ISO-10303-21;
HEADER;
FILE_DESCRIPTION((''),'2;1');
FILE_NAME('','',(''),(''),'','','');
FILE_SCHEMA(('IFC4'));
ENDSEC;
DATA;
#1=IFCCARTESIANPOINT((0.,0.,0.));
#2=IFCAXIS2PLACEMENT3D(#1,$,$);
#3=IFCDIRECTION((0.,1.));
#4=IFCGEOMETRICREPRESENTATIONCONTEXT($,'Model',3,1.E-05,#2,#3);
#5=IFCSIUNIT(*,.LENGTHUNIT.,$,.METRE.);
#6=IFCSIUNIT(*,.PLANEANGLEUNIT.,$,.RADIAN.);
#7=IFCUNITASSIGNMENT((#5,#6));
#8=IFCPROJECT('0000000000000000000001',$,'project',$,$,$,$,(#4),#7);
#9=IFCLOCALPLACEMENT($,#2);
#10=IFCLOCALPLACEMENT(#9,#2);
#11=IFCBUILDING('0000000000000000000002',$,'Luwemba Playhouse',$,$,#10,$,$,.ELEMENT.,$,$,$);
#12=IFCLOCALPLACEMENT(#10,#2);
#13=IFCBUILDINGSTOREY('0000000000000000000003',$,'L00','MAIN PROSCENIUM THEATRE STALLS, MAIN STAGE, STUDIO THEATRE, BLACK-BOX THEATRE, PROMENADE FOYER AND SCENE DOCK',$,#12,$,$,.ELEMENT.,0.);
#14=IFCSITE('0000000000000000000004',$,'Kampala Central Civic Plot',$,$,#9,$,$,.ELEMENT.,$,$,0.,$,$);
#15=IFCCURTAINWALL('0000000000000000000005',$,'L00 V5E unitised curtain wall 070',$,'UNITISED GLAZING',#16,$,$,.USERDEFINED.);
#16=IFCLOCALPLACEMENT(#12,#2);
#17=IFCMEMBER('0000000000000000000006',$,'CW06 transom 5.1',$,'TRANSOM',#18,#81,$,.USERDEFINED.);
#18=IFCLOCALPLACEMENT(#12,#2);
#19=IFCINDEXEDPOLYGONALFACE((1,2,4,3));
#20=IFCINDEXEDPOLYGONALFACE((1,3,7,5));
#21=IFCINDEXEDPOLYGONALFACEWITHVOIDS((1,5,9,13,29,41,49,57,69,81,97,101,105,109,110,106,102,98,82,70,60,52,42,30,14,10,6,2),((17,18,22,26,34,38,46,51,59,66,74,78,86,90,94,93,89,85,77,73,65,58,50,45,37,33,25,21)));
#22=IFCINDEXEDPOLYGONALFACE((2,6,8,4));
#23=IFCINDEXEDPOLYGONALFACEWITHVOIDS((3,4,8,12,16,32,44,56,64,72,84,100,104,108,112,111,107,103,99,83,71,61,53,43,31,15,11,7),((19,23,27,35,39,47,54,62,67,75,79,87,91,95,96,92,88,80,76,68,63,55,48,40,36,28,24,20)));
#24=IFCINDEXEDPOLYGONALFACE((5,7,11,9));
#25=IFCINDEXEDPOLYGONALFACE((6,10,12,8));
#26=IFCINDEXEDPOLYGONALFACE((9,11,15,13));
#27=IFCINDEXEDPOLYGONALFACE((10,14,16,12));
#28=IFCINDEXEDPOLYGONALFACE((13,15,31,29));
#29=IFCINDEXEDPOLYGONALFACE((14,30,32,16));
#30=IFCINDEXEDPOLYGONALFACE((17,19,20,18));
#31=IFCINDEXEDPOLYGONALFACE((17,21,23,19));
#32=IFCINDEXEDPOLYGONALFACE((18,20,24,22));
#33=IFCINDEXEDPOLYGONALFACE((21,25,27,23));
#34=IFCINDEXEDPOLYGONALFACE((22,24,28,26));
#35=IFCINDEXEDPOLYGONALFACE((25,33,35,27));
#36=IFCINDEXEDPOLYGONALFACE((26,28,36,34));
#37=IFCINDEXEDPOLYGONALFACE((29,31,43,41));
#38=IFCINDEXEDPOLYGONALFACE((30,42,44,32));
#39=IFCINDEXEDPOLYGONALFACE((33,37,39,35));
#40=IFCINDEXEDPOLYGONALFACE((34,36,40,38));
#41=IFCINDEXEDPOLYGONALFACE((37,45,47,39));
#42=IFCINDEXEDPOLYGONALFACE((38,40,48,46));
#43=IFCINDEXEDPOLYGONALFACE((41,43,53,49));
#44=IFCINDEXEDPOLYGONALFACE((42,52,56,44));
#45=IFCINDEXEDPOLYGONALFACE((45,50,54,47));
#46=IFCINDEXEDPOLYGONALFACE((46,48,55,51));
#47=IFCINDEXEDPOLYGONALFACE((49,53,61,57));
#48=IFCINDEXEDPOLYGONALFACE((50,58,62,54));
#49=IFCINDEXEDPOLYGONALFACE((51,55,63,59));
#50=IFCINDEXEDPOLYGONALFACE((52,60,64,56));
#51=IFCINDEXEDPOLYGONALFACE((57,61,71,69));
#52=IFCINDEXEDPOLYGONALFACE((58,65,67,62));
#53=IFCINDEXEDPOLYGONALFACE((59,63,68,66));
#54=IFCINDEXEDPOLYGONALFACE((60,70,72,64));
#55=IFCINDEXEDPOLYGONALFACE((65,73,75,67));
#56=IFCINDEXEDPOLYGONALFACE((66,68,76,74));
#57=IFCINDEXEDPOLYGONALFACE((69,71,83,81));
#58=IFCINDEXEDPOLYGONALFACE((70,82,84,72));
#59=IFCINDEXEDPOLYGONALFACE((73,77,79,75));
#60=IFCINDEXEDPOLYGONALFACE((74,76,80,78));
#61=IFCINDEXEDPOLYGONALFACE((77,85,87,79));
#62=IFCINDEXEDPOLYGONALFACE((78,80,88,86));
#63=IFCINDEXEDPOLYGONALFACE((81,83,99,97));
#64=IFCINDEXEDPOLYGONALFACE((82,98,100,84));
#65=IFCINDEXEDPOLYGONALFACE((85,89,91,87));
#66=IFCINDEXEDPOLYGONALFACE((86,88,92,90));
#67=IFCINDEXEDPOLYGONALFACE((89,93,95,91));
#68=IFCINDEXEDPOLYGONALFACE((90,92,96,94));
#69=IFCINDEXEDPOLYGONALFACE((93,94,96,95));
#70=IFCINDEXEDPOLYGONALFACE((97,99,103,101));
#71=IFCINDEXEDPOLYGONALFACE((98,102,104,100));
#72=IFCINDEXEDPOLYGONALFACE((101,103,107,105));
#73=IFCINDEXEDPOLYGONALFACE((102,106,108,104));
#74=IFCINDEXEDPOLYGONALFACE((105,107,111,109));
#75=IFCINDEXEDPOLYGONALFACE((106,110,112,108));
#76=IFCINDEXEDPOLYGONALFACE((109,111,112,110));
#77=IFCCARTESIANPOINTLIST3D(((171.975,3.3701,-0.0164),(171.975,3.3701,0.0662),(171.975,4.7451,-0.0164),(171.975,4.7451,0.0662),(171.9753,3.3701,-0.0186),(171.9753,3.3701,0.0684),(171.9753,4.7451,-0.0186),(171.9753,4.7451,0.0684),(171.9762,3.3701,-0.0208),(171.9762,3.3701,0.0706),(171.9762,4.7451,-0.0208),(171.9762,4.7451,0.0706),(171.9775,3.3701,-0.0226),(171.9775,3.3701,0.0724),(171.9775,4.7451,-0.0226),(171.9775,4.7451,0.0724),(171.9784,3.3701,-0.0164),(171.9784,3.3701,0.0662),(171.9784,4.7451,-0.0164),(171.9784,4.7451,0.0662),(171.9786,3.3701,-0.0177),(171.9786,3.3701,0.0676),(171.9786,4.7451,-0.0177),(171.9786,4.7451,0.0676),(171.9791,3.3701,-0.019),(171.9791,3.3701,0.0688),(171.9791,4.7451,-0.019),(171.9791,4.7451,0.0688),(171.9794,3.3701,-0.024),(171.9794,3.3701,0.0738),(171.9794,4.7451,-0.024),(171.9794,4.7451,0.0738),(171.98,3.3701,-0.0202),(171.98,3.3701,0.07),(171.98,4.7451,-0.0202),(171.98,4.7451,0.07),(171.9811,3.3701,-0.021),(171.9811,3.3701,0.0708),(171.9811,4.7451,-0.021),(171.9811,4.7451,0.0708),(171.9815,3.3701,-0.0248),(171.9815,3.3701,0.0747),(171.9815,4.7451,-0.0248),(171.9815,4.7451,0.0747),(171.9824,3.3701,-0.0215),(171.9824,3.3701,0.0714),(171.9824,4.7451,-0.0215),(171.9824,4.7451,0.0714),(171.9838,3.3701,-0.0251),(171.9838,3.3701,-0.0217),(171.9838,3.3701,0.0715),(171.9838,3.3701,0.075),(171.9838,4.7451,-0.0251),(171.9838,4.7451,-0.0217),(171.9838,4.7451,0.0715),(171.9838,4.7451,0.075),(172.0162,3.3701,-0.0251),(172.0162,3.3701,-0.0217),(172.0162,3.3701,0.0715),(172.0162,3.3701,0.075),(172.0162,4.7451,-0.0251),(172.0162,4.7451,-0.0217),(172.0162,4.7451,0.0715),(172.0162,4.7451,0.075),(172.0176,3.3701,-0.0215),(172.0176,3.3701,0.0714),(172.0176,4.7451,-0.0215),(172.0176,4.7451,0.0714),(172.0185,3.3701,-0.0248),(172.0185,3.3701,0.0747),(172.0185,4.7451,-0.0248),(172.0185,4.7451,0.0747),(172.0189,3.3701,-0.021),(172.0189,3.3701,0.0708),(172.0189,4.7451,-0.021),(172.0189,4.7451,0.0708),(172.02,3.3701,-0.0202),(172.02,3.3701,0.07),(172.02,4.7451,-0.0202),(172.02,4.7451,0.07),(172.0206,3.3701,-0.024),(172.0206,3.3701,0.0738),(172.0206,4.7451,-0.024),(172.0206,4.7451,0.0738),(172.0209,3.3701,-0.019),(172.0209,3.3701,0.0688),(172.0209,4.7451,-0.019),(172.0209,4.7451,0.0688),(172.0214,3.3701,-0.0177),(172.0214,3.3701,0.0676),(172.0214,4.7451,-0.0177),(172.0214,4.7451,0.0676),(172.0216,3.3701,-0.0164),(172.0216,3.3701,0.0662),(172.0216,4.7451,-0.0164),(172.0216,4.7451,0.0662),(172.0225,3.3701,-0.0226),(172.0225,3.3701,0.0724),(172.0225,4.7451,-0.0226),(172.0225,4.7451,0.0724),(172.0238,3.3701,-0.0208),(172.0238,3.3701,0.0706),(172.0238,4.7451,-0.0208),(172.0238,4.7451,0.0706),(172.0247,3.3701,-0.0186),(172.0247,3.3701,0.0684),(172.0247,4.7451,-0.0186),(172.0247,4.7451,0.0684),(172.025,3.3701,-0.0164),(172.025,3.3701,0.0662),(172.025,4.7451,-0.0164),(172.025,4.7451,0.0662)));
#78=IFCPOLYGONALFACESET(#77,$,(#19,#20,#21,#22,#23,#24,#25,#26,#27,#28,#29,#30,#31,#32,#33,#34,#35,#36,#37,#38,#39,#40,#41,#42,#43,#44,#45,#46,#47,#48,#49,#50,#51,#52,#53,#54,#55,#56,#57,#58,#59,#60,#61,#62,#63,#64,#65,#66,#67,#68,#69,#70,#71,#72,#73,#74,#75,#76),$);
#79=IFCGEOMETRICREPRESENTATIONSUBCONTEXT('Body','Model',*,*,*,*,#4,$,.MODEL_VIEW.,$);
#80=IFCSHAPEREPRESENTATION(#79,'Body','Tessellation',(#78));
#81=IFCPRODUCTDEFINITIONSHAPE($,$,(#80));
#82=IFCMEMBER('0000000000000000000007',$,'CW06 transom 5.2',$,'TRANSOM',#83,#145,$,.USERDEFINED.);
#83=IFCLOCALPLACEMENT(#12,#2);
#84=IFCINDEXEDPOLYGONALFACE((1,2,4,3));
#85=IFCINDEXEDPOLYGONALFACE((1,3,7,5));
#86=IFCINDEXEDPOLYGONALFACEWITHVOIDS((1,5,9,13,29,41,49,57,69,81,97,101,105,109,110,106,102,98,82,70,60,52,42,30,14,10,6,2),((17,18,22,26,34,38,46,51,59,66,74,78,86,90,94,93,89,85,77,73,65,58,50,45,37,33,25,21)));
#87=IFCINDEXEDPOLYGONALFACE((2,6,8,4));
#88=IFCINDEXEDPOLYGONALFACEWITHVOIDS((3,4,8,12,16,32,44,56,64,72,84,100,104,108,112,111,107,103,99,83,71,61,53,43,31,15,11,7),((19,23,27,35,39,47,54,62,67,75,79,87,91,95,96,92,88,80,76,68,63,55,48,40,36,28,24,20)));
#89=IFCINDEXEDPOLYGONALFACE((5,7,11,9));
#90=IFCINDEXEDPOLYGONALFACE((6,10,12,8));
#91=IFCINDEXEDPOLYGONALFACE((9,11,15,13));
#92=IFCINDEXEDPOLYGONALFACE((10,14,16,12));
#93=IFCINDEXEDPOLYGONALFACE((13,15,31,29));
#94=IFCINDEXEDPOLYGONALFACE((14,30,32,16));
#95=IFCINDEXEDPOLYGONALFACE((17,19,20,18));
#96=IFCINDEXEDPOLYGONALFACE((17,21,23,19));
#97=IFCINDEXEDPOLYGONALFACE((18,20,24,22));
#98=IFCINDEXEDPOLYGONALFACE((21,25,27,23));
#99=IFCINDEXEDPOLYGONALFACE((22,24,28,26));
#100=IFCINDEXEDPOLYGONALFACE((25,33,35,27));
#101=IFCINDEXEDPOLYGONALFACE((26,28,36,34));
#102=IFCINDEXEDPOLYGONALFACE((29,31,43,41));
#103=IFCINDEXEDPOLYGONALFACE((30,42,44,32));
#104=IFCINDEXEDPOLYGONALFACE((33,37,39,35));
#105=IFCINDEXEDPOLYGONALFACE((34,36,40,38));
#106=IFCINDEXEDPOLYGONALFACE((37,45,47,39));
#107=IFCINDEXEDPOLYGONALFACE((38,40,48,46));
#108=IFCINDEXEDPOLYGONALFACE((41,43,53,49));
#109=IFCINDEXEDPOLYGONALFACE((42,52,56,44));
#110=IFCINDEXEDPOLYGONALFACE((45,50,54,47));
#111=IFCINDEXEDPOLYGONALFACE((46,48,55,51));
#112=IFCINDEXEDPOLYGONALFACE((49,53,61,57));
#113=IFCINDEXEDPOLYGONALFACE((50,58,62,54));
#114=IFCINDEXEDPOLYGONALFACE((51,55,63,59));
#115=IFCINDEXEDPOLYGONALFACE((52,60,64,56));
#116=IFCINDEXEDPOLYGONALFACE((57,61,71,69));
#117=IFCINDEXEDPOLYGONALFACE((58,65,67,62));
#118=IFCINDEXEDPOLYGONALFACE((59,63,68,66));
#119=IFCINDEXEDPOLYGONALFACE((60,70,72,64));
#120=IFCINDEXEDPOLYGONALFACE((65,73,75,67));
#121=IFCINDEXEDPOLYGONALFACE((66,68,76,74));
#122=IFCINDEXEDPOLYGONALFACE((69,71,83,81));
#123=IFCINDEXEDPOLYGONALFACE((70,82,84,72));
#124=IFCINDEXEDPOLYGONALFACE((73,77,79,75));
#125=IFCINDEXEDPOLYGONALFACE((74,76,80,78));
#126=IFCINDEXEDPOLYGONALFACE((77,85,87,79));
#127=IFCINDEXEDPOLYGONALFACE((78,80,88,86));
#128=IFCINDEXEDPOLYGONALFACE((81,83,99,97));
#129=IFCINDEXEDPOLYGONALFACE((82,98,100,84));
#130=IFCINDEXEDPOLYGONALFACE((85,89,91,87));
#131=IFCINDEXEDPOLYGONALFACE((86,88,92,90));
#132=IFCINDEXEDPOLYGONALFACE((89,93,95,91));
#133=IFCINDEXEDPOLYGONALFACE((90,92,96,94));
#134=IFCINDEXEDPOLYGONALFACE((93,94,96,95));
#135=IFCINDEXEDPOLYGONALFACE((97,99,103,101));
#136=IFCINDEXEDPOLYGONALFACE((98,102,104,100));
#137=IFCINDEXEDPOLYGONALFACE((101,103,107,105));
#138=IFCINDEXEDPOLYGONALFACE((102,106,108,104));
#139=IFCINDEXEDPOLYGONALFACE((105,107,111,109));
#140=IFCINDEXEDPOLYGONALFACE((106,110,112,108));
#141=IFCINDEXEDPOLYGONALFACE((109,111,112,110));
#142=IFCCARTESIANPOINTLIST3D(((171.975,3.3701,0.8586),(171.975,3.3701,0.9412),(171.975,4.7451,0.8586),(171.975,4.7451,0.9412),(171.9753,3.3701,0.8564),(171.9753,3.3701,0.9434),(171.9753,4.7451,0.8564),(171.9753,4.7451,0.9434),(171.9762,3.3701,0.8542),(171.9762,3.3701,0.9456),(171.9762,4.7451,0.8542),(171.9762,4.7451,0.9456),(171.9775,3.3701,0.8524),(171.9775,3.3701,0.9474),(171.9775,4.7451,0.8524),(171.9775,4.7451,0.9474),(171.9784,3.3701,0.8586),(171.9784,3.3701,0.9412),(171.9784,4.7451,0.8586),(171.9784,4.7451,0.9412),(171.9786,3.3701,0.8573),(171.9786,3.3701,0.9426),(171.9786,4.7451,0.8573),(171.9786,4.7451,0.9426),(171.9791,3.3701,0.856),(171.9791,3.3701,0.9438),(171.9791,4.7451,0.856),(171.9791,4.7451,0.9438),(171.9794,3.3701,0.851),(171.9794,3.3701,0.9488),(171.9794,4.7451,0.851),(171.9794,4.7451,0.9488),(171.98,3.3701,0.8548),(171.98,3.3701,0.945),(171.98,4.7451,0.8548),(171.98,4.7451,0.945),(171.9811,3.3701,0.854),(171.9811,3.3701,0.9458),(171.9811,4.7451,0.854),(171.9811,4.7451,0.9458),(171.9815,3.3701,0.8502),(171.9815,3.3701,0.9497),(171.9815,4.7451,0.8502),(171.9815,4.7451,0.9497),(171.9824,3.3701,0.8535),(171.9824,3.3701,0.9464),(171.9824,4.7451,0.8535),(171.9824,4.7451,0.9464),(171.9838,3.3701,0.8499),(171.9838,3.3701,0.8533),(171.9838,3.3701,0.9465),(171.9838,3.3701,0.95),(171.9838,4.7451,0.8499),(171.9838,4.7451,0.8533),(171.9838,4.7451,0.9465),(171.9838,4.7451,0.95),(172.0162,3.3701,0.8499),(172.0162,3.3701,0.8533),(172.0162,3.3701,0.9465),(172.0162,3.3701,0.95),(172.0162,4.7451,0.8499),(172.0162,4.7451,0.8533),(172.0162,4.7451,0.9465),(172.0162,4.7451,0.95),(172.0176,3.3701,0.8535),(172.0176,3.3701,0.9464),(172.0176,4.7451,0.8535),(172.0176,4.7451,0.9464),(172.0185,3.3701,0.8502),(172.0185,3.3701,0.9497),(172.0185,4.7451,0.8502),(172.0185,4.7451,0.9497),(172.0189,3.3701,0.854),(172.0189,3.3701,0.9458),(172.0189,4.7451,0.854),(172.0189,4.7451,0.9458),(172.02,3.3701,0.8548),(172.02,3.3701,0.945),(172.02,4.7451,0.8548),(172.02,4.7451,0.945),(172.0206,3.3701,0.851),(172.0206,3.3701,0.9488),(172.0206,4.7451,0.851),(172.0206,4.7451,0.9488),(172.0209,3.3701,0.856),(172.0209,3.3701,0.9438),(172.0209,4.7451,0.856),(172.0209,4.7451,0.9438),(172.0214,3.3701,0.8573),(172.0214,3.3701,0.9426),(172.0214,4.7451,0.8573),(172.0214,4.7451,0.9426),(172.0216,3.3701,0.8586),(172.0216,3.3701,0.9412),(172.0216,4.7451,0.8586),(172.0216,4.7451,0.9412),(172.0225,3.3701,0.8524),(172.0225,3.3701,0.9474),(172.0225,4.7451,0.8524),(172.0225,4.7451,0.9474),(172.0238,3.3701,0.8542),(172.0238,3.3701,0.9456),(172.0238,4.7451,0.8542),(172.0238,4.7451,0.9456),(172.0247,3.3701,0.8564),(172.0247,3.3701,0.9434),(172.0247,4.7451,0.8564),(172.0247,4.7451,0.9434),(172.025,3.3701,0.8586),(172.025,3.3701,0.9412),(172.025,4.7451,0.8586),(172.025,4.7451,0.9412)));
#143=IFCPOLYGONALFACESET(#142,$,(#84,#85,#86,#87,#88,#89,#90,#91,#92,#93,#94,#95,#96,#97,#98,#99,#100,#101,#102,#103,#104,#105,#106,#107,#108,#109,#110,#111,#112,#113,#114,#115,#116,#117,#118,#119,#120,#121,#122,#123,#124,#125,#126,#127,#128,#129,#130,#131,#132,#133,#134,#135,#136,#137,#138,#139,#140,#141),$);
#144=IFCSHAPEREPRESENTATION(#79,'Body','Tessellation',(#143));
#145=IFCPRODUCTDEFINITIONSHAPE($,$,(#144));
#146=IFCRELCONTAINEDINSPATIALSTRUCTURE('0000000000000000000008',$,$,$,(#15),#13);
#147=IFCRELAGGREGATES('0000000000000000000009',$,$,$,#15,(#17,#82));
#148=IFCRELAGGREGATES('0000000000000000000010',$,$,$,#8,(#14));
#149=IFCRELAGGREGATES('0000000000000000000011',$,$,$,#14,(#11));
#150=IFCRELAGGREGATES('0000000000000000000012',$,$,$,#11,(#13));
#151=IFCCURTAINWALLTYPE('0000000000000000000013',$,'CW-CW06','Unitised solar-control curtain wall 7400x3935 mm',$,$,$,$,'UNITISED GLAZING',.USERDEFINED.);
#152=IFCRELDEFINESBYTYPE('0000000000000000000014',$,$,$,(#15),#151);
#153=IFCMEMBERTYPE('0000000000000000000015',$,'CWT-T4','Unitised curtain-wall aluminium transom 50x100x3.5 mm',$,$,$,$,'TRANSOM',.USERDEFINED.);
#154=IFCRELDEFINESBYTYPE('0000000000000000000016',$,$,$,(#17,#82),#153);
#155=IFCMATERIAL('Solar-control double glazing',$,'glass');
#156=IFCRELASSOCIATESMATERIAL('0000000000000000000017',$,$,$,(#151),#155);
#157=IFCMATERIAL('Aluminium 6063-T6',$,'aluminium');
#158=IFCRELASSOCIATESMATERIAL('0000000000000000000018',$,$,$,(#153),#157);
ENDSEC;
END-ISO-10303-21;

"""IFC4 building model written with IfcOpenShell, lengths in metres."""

from ifc_helpers import new_model, si_unit, direction, frame, origin, origin_2d, place, context, subcontext, project, spatial, hollow_rectangle, extrude, material, material_profile, profile_set, type_object, element, aggregate, save


model = new_model("IFC4")

# Units and contexts
model_context = context("Model", 3, precision=1e-05, world=origin(), true_north=direction((0.0, 1.0)))
body_context = subcontext(model_context, "Body", "Model", "MODEL_VIEW")
ifc_project = project(units=[si_unit("LENGTHUNIT", "METRE"), si_unit("PLANEANGLEUNIT", "RADIAN")], contexts=[model_context])

# Site, building, storey
site_placement = place(None, origin())
site = spatial("IfcSite", under=ifc_project, at=site_placement, Name="Kampala Central Civic Plot", CompositionType="ELEMENT", RefElevation=0.0)
building_placement = place(site_placement, origin())
building = spatial("IfcBuilding", under=site, at=building_placement, Name="Luwemba Playhouse", CompositionType="ELEMENT")
storey_placement = place(building_placement, origin())
storey = spatial("IfcBuildingStorey", under=building, at=storey_placement, Name="L00", Description="MAIN PROSCENIUM THEATRE STALLS, MAIN STAGE, STUDIO THEATRE, BLACK-BOX THEATRE, PROMENADE FOYER AND SCENE DOCK", CompositionType="ELEMENT", Elevation=0.0)

# Curtain wall, members
ifc_material_1 = material(Name="Solar-control double glazing", Category="glass")
curtain_wall_type = type_object("IfcCurtainWallType", Name="CW-CW06", Description="Unitised solar-control curtain wall 7400x3935 mm", ElementType="UNITISED GLAZING", PredefinedType="USERDEFINED", material=ifc_material_1)
curtain_wall_placement = place(storey_placement, origin())
curtain_wall = element("IfcCurtainWall", 1, at=curtain_wall_placement, inside=storey, type_object=curtain_wall_type, Name="L00 V5E unitised curtain wall 070", ObjectType="UNITISED GLAZING", PredefinedType="USERDEFINED")
ifc_material_2 = material(Name="Aluminium 6063-T6", Category="aluminium")
ifc_material_profile_1 = material_profile(ifc_material_2, hollow_rectangle(XDim=0.05, YDim=0.1001, WallThickness=0.0034, InnerFilletRadius=0.0054, OuterFilletRadius=0.0088, at=origin_2d()))
ifc_profile_set_1 = profile_set([ifc_material_profile_1], Name="Aluminium 6063-T6")
member_type_1 = type_object("IfcMemberType", Name="CWT-T4", Description="Unitised curtain-wall aluminium transom 50x100x3.5 mm", ElementType="TRANSOM", PredefinedType="USERDEFINED", material=ifc_profile_set_1)
member_1_placement = place(storey_placement, frame((172.0, 4.7451, 0.0249), z_axis=(0.0, -1.0, 0.0), x_axis=(1.0, 0.0, 0.0)))
member_1 = element("IfcMember", 2, at=member_1_placement, type_object=member_type_1, Name="CW06 transom 5.1", ObjectType="TRANSOM", PredefinedType="USERDEFINED", context=body_context, shape_type="SweptSolid", body=[
    extrude(hollow_rectangle(XDim=0.05, YDim=0.1001, WallThickness=0.0034, InnerFilletRadius=0.0054, OuterFilletRadius=0.0088, at=origin_2d()), origin(), (0.0, 0.0, 1.0), 1.375),
])
member_2_placement = place(storey_placement, frame((172.0, 4.7451, 0.8999), z_axis=(0.0, -1.0, 0.0), x_axis=(1.0, 0.0, 0.0)))
member_2 = element("IfcMember", 3, at=member_2_placement, type_object=member_type_1, Name="CW06 transom 5.2", ObjectType="TRANSOM", PredefinedType="USERDEFINED", context=body_context, shape_type="SweptSolid", body=[
    extrude(hollow_rectangle(XDim=0.05, YDim=0.1001, WallThickness=0.0034, InnerFilletRadius=0.0054, OuterFilletRadius=0.0088, at=origin_2d()), origin(), (0.0, 0.0, 1.0), 1.375),
])
aggregate(curtain_wall, [member_1, member_2])

save(model, "model.ifc")
